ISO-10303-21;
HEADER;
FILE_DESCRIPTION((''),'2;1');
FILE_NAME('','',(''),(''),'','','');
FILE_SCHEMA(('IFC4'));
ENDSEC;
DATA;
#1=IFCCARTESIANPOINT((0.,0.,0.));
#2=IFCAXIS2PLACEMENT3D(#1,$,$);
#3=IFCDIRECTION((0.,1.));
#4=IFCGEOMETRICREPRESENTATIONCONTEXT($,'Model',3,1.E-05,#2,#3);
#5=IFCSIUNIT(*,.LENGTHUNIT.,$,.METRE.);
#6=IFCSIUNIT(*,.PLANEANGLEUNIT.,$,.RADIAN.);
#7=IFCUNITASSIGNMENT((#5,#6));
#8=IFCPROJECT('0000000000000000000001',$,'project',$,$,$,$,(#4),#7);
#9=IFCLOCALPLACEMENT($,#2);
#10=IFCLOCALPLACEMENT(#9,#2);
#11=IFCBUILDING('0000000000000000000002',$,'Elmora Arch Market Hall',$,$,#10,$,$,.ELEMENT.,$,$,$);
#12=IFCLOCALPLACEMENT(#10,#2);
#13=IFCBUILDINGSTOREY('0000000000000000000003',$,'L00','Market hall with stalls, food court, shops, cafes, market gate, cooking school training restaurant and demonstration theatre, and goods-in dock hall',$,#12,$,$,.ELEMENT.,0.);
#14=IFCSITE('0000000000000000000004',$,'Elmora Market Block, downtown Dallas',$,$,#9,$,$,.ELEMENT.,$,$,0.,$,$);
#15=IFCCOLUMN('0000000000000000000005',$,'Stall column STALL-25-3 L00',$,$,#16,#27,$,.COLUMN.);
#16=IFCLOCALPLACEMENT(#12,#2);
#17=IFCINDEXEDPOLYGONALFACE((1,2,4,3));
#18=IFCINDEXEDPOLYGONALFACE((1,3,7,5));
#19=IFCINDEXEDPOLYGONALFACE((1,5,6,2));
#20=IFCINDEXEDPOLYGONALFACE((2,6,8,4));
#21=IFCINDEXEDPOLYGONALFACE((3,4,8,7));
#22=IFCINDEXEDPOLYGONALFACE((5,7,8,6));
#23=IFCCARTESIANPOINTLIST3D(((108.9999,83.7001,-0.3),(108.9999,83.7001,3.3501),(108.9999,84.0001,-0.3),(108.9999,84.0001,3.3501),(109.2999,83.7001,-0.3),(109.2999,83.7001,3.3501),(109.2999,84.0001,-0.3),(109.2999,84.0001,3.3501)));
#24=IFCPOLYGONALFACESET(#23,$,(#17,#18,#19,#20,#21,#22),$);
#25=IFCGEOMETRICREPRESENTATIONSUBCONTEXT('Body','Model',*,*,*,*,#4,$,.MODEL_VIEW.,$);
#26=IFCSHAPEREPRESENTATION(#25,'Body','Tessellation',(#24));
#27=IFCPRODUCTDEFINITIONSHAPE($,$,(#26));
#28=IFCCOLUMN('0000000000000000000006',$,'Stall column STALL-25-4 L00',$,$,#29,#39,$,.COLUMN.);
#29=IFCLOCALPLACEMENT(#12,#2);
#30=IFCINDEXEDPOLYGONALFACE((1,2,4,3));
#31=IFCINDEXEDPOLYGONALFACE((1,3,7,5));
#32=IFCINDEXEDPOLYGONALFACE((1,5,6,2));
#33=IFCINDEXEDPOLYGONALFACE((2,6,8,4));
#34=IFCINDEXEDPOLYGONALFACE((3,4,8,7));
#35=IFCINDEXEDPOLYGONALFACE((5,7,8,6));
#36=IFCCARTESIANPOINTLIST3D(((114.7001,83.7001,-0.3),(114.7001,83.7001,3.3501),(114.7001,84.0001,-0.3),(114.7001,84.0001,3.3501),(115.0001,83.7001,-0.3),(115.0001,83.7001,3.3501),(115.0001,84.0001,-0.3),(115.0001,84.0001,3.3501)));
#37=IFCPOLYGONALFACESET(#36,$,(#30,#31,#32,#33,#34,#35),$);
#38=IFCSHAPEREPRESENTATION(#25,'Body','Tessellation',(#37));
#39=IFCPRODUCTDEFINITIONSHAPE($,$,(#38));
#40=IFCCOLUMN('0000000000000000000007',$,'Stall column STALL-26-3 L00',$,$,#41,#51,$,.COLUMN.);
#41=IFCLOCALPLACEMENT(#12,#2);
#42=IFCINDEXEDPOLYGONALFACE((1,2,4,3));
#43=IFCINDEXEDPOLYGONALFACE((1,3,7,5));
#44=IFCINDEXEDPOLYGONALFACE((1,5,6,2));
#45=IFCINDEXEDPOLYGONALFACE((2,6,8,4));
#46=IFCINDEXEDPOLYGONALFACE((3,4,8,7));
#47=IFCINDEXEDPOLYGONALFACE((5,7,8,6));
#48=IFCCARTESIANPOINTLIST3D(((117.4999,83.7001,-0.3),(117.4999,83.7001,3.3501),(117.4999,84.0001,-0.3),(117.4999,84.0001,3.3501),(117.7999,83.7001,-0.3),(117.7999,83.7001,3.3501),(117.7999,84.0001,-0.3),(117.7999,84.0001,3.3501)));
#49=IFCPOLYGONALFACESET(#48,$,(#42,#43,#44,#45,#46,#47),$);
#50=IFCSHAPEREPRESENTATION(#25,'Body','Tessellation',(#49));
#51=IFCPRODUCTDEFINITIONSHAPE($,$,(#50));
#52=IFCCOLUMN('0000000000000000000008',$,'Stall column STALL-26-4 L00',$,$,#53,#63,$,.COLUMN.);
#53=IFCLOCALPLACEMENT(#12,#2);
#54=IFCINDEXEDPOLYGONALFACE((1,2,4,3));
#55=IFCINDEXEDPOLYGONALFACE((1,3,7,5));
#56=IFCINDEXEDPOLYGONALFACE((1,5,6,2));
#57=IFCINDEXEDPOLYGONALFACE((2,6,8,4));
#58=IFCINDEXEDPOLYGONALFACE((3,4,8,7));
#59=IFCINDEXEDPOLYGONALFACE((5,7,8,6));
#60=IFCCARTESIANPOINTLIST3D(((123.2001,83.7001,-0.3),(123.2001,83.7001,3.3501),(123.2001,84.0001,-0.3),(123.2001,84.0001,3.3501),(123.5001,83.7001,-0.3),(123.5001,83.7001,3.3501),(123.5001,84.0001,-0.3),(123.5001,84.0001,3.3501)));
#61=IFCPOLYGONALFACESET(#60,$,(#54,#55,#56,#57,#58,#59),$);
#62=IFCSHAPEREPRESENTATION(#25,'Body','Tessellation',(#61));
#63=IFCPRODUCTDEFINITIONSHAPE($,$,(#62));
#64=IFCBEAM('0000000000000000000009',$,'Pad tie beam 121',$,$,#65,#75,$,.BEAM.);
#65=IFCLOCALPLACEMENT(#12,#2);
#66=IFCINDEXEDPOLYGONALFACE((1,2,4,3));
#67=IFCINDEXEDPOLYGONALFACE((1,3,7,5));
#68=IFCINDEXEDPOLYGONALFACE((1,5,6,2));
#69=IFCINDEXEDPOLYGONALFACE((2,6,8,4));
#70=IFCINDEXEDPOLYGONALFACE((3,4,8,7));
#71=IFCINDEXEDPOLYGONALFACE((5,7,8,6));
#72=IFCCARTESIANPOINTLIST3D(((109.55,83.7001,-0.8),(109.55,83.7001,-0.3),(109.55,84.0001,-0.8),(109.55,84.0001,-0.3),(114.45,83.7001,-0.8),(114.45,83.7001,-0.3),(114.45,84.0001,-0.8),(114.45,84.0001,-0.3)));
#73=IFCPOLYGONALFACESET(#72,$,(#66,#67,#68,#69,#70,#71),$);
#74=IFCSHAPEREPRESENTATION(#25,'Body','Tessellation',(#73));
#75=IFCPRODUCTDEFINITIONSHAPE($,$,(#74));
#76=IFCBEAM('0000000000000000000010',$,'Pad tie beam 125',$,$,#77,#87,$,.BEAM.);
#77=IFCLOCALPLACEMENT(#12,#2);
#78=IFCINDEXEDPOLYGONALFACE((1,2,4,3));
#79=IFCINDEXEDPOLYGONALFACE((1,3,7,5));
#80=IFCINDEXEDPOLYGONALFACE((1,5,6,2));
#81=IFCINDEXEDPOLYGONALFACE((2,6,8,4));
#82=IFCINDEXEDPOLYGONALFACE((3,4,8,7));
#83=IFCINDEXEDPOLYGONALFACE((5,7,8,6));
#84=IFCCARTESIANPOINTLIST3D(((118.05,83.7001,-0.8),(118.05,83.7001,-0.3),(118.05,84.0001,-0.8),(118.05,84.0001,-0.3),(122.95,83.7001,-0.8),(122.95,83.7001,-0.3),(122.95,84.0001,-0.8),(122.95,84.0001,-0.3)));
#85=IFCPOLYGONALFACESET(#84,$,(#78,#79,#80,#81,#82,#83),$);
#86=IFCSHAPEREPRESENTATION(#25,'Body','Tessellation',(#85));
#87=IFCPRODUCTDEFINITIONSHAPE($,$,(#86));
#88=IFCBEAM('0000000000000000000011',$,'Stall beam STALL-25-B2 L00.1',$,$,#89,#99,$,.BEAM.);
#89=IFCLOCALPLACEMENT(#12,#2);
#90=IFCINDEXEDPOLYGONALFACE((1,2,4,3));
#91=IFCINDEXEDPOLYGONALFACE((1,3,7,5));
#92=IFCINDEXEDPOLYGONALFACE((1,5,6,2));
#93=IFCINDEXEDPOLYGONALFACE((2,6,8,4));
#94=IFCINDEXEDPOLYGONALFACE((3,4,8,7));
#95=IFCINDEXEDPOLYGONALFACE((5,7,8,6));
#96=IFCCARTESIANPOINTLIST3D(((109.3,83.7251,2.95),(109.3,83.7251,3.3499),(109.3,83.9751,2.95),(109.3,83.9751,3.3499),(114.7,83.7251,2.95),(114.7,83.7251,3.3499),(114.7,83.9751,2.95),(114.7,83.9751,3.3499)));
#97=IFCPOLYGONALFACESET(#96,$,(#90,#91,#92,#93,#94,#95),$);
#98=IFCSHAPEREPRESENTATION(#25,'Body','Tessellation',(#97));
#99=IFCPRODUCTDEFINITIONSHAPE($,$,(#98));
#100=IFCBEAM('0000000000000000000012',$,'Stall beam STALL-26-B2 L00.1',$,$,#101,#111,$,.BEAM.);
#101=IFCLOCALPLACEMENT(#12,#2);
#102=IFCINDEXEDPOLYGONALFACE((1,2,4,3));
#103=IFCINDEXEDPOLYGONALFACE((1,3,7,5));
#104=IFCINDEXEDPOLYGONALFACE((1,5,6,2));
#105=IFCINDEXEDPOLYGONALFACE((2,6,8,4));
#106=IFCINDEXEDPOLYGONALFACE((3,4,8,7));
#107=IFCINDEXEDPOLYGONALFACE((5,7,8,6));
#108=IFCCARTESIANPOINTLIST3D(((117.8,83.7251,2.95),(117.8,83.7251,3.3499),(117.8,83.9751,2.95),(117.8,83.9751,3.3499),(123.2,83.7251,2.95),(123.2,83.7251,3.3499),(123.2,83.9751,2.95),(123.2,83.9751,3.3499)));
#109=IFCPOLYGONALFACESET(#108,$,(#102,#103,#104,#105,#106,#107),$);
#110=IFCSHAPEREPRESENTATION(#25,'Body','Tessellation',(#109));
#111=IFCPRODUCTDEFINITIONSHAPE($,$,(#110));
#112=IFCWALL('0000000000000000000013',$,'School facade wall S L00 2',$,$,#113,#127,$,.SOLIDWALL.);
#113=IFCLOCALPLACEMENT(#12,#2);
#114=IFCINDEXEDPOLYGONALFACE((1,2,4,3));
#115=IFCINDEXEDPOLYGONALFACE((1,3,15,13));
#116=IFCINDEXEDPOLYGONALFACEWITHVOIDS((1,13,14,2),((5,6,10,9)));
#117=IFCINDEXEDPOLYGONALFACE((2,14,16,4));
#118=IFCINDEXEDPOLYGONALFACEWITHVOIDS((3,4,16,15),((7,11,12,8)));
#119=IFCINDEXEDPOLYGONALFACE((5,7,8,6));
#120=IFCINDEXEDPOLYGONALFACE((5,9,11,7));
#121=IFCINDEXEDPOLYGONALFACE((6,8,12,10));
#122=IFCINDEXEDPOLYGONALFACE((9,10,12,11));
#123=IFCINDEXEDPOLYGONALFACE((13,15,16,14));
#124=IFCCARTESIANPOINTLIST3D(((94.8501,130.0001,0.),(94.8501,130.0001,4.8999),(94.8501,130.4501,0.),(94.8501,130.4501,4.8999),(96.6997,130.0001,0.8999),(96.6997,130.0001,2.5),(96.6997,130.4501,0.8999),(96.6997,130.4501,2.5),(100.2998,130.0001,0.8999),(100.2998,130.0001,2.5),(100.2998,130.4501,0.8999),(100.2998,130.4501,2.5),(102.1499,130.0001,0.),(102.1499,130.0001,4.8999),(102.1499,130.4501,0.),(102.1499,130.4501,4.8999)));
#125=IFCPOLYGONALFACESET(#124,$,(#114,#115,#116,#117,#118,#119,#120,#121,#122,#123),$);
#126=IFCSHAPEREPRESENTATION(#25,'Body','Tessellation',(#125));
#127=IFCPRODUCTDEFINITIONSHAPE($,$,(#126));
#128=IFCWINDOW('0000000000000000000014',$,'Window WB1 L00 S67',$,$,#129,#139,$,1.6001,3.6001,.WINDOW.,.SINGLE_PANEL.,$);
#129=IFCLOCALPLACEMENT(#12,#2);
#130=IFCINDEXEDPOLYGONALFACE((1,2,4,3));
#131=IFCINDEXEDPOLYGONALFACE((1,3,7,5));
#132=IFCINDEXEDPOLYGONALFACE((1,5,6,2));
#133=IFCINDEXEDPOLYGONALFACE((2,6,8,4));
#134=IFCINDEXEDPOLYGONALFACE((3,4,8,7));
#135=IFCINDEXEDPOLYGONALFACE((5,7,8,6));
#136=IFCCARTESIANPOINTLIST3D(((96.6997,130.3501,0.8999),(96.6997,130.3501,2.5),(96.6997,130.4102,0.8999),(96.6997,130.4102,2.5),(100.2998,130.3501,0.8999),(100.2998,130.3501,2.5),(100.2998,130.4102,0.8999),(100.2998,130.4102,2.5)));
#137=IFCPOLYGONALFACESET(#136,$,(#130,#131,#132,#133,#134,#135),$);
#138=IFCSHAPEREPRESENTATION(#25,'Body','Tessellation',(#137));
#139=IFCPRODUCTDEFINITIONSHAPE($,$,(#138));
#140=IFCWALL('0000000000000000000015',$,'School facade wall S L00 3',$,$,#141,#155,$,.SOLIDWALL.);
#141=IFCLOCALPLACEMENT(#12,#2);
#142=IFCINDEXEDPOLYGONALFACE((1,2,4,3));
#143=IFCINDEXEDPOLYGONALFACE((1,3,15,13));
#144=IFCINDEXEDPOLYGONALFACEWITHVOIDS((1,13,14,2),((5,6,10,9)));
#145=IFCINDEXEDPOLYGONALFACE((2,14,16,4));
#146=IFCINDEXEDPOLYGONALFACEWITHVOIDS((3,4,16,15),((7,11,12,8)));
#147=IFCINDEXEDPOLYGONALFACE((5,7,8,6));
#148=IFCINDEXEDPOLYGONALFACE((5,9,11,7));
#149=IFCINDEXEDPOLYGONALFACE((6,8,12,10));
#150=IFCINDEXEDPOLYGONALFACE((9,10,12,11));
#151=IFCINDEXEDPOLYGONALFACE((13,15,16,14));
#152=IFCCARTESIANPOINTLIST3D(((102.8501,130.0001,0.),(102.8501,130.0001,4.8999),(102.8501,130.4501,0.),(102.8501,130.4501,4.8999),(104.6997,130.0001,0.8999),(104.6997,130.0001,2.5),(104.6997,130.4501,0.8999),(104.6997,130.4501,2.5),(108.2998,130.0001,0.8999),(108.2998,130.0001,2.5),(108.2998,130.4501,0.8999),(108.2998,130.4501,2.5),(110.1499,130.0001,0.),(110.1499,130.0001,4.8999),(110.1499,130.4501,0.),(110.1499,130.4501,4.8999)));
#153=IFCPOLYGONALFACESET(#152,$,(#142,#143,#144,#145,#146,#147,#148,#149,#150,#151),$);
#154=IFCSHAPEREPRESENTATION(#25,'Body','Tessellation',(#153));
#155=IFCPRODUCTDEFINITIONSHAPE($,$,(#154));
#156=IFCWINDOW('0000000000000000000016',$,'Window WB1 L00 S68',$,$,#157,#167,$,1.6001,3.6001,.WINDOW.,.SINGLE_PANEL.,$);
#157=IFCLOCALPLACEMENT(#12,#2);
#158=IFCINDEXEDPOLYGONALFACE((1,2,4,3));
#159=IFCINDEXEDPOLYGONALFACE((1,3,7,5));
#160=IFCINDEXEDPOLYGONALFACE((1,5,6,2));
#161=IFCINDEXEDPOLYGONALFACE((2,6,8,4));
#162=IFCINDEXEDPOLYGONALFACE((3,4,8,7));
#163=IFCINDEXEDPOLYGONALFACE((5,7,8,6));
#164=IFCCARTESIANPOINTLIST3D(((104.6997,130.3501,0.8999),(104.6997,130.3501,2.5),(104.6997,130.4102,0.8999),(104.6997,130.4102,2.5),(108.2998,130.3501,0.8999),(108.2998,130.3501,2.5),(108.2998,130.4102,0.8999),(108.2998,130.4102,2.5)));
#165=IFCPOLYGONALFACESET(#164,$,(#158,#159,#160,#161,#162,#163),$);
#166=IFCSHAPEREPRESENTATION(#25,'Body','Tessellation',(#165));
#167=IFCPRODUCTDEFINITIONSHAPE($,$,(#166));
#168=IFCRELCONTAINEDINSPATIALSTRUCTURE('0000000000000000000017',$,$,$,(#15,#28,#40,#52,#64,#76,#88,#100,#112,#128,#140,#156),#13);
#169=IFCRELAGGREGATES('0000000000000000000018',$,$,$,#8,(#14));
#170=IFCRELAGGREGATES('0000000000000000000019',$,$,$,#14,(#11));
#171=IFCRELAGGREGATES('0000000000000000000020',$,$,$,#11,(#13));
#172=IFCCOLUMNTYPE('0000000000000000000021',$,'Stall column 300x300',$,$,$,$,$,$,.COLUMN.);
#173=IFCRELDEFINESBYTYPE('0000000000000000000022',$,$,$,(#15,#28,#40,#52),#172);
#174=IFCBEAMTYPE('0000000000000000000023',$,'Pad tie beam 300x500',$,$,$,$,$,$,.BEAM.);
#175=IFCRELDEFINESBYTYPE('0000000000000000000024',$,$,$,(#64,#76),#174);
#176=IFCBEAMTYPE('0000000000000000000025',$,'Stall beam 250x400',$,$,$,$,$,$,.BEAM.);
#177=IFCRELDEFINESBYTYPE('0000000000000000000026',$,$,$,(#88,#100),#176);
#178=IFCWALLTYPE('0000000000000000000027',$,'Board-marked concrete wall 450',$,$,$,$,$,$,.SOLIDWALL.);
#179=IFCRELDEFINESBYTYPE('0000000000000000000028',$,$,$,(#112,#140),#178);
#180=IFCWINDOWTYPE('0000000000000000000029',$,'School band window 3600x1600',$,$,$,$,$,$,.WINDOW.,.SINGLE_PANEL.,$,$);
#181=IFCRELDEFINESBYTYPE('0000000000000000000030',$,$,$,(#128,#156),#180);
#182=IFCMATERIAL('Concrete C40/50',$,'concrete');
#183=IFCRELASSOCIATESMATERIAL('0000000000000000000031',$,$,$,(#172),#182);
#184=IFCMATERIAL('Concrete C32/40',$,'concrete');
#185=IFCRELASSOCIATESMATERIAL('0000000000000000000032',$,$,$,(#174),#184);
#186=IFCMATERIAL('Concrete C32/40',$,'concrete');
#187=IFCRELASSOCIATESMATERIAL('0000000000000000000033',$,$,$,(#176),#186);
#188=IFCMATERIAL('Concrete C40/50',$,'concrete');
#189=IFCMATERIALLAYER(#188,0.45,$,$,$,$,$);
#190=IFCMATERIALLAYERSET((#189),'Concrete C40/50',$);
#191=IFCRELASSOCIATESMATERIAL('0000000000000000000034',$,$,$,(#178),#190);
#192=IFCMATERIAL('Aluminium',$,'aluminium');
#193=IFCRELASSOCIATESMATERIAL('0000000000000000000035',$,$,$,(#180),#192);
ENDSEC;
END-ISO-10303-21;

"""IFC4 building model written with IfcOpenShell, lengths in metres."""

from ifc_helpers import new_model, si_unit, direction, frame, frame_2d, origin, origin_2d, place, context, subcontext, project, spatial, rectangle, extrude, material, layer, layer_set, material_profile, profile_set, type_object, element, fill, save


model = new_model("IFC4")

# Units and contexts
model_context = context("Model", 3, precision=1e-05, world=origin(), true_north=direction((0.0, 1.0)))
body_context = subcontext(model_context, "Body", "Model", "MODEL_VIEW")
ifc_project = project(units=[si_unit("LENGTHUNIT", "METRE"), si_unit("PLANEANGLEUNIT", "RADIAN")], contexts=[model_context])

# Site, building, storey
site_placement = place(None, origin())
site = spatial("IfcSite", under=ifc_project, at=site_placement, Name="Elmora Market Block, downtown Dallas", CompositionType="ELEMENT", RefElevation=0.0)
building_placement = place(site_placement, origin())
building = spatial("IfcBuilding", under=site, at=building_placement, Name="Elmora Arch Market Hall", CompositionType="ELEMENT")
storey_placement = place(building_placement, origin())
storey = spatial("IfcBuildingStorey", under=building, at=storey_placement, Name="L00", Description="Market hall with stalls, food court, shops, cafes, market gate, cooking school training restaurant and demonstration theatre, and goods-in dock hall", CompositionType="ELEMENT", Elevation=0.0)

# Columns
ifc_material_1 = material(Name="Concrete C40/50", Category="concrete")
ifc_material_profile_1 = material_profile(ifc_material_1, rectangle(XDim=0.3, YDim=0.3, at=origin_2d()), Name="Stall column 300x300")
ifc_profile_set_1 = profile_set([ifc_material_profile_1], Name="Concrete C40/50")
column_type = type_object("IfcColumnType", Name="Stall column 300x300", PredefinedType="COLUMN", material=ifc_profile_set_1)
for number, where, z_axis, x_axis, name in (
    (1, (109.1499, 83.8501, -0.3), (0.0, 0.0, 1.0), (1.0, 0.0, 0.0), "Stall column STALL-25-3 L00"),
    (2, (114.8501, 83.8501, -0.3), (0.0, 0.0, 1.0), (1.0, 0.0, 0.0), "Stall column STALL-25-4 L00"),
    (3, (117.6499, 83.8501, -0.3), (0.0, 0.0, 1.0), (1.0, 0.0, 0.0), "Stall column STALL-26-3 L00"),
    (4, (123.3501, 83.8501, -0.3), (0.0, 0.0, 1.0), (1.0, 0.0, 0.0), "Stall column STALL-26-4 L00"),
):
    element("IfcColumn", number, at=place(storey_placement, frame(where, z_axis=z_axis, x_axis=x_axis)), inside=storey, type_object=column_type, Name=name, PredefinedType="COLUMN", context=body_context, shape_type="SweptSolid", body=[
        extrude(rectangle(XDim=0.3, YDim=0.3, at=origin_2d()), origin(), (0.0, 0.0, 1.0), 3.6501),
    ])

# Beams
ifc_material_2 = material(Name="Concrete C32/40", Category="concrete")
ifc_material_profile_2 = material_profile(ifc_material_2, rectangle(XDim=0.3, YDim=0.5, at=origin_2d()), Name="Pad tie beam 300x500")
ifc_profile_set_2 = profile_set([ifc_material_profile_2], Name="Concrete C32/40")
beam_type_1 = type_object("IfcBeamType", Name="Pad tie beam 300x500", PredefinedType="BEAM", material=ifc_profile_set_2)
for number, where, z_axis, x_axis, name in (
    (5, (109.55, 83.8501, -0.55), (1.0, 0.0, 0.0), (0.0, 1.0, 0.0), "Pad tie beam 121"),
    (6, (118.05, 83.8501, -0.55), (1.0, 0.0, 0.0), (0.0, 1.0, 0.0), "Pad tie beam 125"),
):
    element("IfcBeam", number, at=place(storey_placement, frame(where, z_axis=z_axis, x_axis=x_axis)), inside=storey, type_object=beam_type_1, Name=name, PredefinedType="BEAM", context=body_context, shape_type="SweptSolid", body=[
        extrude(rectangle(XDim=0.3, YDim=0.5, at=origin_2d()), origin(), (0.0, 0.0, 1.0), 4.8999),
    ])
ifc_material_3 = material(Name="Concrete C32/40", Category="concrete")
ifc_material_profile_3 = material_profile(ifc_material_3, rectangle(XDim=0.25, YDim=0.3999, at=origin_2d()), Name="Stall beam 250x400")
ifc_profile_set_3 = profile_set([ifc_material_profile_3], Name="Concrete C32/40")
beam_type_2 = type_object("IfcBeamType", Name="Stall beam 250x400", PredefinedType="BEAM", material=ifc_profile_set_3)
for number, where, z_axis, x_axis, name in (
    (7, (109.3, 83.8501, 3.1499), (1.0, 0.0, 0.0), (0.0, 1.0, 0.0), "Stall beam STALL-25-B2 L00.1"),
    (8, (117.8, 83.8501, 3.1499), (1.0, 0.0, 0.0), (0.0, 1.0, 0.0), "Stall beam STALL-26-B2 L00.1"),
):
    element("IfcBeam", number, at=place(storey_placement, frame(where, z_axis=z_axis, x_axis=x_axis)), inside=storey, type_object=beam_type_2, Name=name, PredefinedType="BEAM", context=body_context, shape_type="SweptSolid", body=[
        extrude(rectangle(XDim=0.25, YDim=0.3999, at=origin_2d()), origin(), (0.0, 0.0, 1.0), 5.3999),
    ])

# Walls, openings, windows
ifc_material_4 = material(Name="Concrete C40/50", Category="concrete")
ifc_layer = layer(ifc_material_4, 0.45)
ifc_layer_set = layer_set([ifc_layer], Name="Concrete C40/50")
wall_type = type_object("IfcWallType", Name="Board-marked concrete wall 450", PredefinedType="SOLIDWALL", material=ifc_layer_set)
wall_1_placement = place(storey_placement, frame((102.1499, 130.2251, 0.0), z_axis=(0.0, 0.0, 1.0), x_axis=(-1.0, 0.0, 0.0)))
wall_1 = element("IfcWall", 9, at=wall_1_placement, inside=storey, type_object=wall_type, Name="School facade wall S L00 2", PredefinedType="SOLIDWALL", context=body_context, shape_type="SweptSolid", body=[
    extrude(rectangle(XDim=7.2998, YDim=0.45, at=frame_2d((3.6499, 0.0))), origin(), (0.0, 0.0, 1.0), 4.8999),
])
opening_1_placement = place(wall_1_placement, frame((1.8501, 0.0, 0.8999)))
opening_1 = element("IfcOpeningElement", 10, at=opening_1_placement, cuts=wall_1, PredefinedType="OPENING", context=body_context, shape_type="SweptSolid", body=[
    extrude(rectangle(XDim=3.6001, YDim=1.6001, at=frame_2d((1.8, 0.8))), frame((0.0, 0.2349, 0.0), z_axis=(0.0, -1.0, 0.0), x_axis=(1.0, 0.0, 0.0)), (0.0, 0.0, 1.0), 0.47),
])
ifc_material_5 = material(Name="Aluminium", Category="aluminium")
window_type = type_object("IfcWindowType", Name="School band window 3600x1600", PartitioningType="SINGLE_PANEL", PredefinedType="WINDOW", material=ifc_material_5)
window_1_placement = place(opening_1_placement, origin())
window_1 = element("IfcWindow", 11, at=window_1_placement, inside=storey, type_object=window_type, Name="Window WB1 L00 S67", OverallHeight=1.6001, OverallWidth=3.6001, PartitioningType="SINGLE_PANEL", PredefinedType="WINDOW", context=body_context, shape_type="SweptSolid", body=[
    extrude(rectangle(XDim=3.6001, YDim=1.6001, at=frame_2d((1.8, 0.8))), frame((0.0, -0.125, 0.0), z_axis=(0.0, -1.0, 0.0), x_axis=(1.0, 0.0, 0.0)), (0.0, 0.0, 1.0), 0.0601),
])
fill(opening_1, window_1)
wall_2_placement = place(storey_placement, frame((110.1499, 130.2251, 0.0), z_axis=(0.0, 0.0, 1.0), x_axis=(-1.0, 0.0, 0.0)))
wall_2 = element("IfcWall", 12, at=wall_2_placement, inside=storey, type_object=wall_type, Name="School facade wall S L00 3", PredefinedType="SOLIDWALL", context=body_context, shape_type="SweptSolid", body=[
    extrude(rectangle(XDim=7.2998, YDim=0.45, at=frame_2d((3.6499, 0.0))), origin(), (0.0, 0.0, 1.0), 4.8999),
])
opening_2_placement = place(wall_2_placement, frame((1.8501, 0.0, 0.8999)))
opening_2 = element("IfcOpeningElement", 13, at=opening_2_placement, cuts=wall_2, PredefinedType="OPENING", context=body_context, shape_type="SweptSolid", body=[
    extrude(rectangle(XDim=3.6001, YDim=1.6001, at=frame_2d((1.8, 0.8))), frame((0.0, 0.2349, 0.0), z_axis=(0.0, -1.0, 0.0), x_axis=(1.0, 0.0, 0.0)), (0.0, 0.0, 1.0), 0.47),
])
window_2_placement = place(opening_2_placement, origin())
window_2 = element("IfcWindow", 14, at=window_2_placement, inside=storey, type_object=window_type, Name="Window WB1 L00 S68", OverallHeight=1.6001, OverallWidth=3.6001, PartitioningType="SINGLE_PANEL", PredefinedType="WINDOW", context=body_context, shape_type="SweptSolid", body=[
    extrude(rectangle(XDim=3.6001, YDim=1.6001, at=frame_2d((1.8, 0.8))), frame((0.0, -0.125, 0.0), z_axis=(0.0, -1.0, 0.0), x_axis=(1.0, 0.0, 0.0)), (0.0, 0.0, 1.0), 0.0601),
])
fill(opening_2, window_2)

save(model, "model.ifc")
